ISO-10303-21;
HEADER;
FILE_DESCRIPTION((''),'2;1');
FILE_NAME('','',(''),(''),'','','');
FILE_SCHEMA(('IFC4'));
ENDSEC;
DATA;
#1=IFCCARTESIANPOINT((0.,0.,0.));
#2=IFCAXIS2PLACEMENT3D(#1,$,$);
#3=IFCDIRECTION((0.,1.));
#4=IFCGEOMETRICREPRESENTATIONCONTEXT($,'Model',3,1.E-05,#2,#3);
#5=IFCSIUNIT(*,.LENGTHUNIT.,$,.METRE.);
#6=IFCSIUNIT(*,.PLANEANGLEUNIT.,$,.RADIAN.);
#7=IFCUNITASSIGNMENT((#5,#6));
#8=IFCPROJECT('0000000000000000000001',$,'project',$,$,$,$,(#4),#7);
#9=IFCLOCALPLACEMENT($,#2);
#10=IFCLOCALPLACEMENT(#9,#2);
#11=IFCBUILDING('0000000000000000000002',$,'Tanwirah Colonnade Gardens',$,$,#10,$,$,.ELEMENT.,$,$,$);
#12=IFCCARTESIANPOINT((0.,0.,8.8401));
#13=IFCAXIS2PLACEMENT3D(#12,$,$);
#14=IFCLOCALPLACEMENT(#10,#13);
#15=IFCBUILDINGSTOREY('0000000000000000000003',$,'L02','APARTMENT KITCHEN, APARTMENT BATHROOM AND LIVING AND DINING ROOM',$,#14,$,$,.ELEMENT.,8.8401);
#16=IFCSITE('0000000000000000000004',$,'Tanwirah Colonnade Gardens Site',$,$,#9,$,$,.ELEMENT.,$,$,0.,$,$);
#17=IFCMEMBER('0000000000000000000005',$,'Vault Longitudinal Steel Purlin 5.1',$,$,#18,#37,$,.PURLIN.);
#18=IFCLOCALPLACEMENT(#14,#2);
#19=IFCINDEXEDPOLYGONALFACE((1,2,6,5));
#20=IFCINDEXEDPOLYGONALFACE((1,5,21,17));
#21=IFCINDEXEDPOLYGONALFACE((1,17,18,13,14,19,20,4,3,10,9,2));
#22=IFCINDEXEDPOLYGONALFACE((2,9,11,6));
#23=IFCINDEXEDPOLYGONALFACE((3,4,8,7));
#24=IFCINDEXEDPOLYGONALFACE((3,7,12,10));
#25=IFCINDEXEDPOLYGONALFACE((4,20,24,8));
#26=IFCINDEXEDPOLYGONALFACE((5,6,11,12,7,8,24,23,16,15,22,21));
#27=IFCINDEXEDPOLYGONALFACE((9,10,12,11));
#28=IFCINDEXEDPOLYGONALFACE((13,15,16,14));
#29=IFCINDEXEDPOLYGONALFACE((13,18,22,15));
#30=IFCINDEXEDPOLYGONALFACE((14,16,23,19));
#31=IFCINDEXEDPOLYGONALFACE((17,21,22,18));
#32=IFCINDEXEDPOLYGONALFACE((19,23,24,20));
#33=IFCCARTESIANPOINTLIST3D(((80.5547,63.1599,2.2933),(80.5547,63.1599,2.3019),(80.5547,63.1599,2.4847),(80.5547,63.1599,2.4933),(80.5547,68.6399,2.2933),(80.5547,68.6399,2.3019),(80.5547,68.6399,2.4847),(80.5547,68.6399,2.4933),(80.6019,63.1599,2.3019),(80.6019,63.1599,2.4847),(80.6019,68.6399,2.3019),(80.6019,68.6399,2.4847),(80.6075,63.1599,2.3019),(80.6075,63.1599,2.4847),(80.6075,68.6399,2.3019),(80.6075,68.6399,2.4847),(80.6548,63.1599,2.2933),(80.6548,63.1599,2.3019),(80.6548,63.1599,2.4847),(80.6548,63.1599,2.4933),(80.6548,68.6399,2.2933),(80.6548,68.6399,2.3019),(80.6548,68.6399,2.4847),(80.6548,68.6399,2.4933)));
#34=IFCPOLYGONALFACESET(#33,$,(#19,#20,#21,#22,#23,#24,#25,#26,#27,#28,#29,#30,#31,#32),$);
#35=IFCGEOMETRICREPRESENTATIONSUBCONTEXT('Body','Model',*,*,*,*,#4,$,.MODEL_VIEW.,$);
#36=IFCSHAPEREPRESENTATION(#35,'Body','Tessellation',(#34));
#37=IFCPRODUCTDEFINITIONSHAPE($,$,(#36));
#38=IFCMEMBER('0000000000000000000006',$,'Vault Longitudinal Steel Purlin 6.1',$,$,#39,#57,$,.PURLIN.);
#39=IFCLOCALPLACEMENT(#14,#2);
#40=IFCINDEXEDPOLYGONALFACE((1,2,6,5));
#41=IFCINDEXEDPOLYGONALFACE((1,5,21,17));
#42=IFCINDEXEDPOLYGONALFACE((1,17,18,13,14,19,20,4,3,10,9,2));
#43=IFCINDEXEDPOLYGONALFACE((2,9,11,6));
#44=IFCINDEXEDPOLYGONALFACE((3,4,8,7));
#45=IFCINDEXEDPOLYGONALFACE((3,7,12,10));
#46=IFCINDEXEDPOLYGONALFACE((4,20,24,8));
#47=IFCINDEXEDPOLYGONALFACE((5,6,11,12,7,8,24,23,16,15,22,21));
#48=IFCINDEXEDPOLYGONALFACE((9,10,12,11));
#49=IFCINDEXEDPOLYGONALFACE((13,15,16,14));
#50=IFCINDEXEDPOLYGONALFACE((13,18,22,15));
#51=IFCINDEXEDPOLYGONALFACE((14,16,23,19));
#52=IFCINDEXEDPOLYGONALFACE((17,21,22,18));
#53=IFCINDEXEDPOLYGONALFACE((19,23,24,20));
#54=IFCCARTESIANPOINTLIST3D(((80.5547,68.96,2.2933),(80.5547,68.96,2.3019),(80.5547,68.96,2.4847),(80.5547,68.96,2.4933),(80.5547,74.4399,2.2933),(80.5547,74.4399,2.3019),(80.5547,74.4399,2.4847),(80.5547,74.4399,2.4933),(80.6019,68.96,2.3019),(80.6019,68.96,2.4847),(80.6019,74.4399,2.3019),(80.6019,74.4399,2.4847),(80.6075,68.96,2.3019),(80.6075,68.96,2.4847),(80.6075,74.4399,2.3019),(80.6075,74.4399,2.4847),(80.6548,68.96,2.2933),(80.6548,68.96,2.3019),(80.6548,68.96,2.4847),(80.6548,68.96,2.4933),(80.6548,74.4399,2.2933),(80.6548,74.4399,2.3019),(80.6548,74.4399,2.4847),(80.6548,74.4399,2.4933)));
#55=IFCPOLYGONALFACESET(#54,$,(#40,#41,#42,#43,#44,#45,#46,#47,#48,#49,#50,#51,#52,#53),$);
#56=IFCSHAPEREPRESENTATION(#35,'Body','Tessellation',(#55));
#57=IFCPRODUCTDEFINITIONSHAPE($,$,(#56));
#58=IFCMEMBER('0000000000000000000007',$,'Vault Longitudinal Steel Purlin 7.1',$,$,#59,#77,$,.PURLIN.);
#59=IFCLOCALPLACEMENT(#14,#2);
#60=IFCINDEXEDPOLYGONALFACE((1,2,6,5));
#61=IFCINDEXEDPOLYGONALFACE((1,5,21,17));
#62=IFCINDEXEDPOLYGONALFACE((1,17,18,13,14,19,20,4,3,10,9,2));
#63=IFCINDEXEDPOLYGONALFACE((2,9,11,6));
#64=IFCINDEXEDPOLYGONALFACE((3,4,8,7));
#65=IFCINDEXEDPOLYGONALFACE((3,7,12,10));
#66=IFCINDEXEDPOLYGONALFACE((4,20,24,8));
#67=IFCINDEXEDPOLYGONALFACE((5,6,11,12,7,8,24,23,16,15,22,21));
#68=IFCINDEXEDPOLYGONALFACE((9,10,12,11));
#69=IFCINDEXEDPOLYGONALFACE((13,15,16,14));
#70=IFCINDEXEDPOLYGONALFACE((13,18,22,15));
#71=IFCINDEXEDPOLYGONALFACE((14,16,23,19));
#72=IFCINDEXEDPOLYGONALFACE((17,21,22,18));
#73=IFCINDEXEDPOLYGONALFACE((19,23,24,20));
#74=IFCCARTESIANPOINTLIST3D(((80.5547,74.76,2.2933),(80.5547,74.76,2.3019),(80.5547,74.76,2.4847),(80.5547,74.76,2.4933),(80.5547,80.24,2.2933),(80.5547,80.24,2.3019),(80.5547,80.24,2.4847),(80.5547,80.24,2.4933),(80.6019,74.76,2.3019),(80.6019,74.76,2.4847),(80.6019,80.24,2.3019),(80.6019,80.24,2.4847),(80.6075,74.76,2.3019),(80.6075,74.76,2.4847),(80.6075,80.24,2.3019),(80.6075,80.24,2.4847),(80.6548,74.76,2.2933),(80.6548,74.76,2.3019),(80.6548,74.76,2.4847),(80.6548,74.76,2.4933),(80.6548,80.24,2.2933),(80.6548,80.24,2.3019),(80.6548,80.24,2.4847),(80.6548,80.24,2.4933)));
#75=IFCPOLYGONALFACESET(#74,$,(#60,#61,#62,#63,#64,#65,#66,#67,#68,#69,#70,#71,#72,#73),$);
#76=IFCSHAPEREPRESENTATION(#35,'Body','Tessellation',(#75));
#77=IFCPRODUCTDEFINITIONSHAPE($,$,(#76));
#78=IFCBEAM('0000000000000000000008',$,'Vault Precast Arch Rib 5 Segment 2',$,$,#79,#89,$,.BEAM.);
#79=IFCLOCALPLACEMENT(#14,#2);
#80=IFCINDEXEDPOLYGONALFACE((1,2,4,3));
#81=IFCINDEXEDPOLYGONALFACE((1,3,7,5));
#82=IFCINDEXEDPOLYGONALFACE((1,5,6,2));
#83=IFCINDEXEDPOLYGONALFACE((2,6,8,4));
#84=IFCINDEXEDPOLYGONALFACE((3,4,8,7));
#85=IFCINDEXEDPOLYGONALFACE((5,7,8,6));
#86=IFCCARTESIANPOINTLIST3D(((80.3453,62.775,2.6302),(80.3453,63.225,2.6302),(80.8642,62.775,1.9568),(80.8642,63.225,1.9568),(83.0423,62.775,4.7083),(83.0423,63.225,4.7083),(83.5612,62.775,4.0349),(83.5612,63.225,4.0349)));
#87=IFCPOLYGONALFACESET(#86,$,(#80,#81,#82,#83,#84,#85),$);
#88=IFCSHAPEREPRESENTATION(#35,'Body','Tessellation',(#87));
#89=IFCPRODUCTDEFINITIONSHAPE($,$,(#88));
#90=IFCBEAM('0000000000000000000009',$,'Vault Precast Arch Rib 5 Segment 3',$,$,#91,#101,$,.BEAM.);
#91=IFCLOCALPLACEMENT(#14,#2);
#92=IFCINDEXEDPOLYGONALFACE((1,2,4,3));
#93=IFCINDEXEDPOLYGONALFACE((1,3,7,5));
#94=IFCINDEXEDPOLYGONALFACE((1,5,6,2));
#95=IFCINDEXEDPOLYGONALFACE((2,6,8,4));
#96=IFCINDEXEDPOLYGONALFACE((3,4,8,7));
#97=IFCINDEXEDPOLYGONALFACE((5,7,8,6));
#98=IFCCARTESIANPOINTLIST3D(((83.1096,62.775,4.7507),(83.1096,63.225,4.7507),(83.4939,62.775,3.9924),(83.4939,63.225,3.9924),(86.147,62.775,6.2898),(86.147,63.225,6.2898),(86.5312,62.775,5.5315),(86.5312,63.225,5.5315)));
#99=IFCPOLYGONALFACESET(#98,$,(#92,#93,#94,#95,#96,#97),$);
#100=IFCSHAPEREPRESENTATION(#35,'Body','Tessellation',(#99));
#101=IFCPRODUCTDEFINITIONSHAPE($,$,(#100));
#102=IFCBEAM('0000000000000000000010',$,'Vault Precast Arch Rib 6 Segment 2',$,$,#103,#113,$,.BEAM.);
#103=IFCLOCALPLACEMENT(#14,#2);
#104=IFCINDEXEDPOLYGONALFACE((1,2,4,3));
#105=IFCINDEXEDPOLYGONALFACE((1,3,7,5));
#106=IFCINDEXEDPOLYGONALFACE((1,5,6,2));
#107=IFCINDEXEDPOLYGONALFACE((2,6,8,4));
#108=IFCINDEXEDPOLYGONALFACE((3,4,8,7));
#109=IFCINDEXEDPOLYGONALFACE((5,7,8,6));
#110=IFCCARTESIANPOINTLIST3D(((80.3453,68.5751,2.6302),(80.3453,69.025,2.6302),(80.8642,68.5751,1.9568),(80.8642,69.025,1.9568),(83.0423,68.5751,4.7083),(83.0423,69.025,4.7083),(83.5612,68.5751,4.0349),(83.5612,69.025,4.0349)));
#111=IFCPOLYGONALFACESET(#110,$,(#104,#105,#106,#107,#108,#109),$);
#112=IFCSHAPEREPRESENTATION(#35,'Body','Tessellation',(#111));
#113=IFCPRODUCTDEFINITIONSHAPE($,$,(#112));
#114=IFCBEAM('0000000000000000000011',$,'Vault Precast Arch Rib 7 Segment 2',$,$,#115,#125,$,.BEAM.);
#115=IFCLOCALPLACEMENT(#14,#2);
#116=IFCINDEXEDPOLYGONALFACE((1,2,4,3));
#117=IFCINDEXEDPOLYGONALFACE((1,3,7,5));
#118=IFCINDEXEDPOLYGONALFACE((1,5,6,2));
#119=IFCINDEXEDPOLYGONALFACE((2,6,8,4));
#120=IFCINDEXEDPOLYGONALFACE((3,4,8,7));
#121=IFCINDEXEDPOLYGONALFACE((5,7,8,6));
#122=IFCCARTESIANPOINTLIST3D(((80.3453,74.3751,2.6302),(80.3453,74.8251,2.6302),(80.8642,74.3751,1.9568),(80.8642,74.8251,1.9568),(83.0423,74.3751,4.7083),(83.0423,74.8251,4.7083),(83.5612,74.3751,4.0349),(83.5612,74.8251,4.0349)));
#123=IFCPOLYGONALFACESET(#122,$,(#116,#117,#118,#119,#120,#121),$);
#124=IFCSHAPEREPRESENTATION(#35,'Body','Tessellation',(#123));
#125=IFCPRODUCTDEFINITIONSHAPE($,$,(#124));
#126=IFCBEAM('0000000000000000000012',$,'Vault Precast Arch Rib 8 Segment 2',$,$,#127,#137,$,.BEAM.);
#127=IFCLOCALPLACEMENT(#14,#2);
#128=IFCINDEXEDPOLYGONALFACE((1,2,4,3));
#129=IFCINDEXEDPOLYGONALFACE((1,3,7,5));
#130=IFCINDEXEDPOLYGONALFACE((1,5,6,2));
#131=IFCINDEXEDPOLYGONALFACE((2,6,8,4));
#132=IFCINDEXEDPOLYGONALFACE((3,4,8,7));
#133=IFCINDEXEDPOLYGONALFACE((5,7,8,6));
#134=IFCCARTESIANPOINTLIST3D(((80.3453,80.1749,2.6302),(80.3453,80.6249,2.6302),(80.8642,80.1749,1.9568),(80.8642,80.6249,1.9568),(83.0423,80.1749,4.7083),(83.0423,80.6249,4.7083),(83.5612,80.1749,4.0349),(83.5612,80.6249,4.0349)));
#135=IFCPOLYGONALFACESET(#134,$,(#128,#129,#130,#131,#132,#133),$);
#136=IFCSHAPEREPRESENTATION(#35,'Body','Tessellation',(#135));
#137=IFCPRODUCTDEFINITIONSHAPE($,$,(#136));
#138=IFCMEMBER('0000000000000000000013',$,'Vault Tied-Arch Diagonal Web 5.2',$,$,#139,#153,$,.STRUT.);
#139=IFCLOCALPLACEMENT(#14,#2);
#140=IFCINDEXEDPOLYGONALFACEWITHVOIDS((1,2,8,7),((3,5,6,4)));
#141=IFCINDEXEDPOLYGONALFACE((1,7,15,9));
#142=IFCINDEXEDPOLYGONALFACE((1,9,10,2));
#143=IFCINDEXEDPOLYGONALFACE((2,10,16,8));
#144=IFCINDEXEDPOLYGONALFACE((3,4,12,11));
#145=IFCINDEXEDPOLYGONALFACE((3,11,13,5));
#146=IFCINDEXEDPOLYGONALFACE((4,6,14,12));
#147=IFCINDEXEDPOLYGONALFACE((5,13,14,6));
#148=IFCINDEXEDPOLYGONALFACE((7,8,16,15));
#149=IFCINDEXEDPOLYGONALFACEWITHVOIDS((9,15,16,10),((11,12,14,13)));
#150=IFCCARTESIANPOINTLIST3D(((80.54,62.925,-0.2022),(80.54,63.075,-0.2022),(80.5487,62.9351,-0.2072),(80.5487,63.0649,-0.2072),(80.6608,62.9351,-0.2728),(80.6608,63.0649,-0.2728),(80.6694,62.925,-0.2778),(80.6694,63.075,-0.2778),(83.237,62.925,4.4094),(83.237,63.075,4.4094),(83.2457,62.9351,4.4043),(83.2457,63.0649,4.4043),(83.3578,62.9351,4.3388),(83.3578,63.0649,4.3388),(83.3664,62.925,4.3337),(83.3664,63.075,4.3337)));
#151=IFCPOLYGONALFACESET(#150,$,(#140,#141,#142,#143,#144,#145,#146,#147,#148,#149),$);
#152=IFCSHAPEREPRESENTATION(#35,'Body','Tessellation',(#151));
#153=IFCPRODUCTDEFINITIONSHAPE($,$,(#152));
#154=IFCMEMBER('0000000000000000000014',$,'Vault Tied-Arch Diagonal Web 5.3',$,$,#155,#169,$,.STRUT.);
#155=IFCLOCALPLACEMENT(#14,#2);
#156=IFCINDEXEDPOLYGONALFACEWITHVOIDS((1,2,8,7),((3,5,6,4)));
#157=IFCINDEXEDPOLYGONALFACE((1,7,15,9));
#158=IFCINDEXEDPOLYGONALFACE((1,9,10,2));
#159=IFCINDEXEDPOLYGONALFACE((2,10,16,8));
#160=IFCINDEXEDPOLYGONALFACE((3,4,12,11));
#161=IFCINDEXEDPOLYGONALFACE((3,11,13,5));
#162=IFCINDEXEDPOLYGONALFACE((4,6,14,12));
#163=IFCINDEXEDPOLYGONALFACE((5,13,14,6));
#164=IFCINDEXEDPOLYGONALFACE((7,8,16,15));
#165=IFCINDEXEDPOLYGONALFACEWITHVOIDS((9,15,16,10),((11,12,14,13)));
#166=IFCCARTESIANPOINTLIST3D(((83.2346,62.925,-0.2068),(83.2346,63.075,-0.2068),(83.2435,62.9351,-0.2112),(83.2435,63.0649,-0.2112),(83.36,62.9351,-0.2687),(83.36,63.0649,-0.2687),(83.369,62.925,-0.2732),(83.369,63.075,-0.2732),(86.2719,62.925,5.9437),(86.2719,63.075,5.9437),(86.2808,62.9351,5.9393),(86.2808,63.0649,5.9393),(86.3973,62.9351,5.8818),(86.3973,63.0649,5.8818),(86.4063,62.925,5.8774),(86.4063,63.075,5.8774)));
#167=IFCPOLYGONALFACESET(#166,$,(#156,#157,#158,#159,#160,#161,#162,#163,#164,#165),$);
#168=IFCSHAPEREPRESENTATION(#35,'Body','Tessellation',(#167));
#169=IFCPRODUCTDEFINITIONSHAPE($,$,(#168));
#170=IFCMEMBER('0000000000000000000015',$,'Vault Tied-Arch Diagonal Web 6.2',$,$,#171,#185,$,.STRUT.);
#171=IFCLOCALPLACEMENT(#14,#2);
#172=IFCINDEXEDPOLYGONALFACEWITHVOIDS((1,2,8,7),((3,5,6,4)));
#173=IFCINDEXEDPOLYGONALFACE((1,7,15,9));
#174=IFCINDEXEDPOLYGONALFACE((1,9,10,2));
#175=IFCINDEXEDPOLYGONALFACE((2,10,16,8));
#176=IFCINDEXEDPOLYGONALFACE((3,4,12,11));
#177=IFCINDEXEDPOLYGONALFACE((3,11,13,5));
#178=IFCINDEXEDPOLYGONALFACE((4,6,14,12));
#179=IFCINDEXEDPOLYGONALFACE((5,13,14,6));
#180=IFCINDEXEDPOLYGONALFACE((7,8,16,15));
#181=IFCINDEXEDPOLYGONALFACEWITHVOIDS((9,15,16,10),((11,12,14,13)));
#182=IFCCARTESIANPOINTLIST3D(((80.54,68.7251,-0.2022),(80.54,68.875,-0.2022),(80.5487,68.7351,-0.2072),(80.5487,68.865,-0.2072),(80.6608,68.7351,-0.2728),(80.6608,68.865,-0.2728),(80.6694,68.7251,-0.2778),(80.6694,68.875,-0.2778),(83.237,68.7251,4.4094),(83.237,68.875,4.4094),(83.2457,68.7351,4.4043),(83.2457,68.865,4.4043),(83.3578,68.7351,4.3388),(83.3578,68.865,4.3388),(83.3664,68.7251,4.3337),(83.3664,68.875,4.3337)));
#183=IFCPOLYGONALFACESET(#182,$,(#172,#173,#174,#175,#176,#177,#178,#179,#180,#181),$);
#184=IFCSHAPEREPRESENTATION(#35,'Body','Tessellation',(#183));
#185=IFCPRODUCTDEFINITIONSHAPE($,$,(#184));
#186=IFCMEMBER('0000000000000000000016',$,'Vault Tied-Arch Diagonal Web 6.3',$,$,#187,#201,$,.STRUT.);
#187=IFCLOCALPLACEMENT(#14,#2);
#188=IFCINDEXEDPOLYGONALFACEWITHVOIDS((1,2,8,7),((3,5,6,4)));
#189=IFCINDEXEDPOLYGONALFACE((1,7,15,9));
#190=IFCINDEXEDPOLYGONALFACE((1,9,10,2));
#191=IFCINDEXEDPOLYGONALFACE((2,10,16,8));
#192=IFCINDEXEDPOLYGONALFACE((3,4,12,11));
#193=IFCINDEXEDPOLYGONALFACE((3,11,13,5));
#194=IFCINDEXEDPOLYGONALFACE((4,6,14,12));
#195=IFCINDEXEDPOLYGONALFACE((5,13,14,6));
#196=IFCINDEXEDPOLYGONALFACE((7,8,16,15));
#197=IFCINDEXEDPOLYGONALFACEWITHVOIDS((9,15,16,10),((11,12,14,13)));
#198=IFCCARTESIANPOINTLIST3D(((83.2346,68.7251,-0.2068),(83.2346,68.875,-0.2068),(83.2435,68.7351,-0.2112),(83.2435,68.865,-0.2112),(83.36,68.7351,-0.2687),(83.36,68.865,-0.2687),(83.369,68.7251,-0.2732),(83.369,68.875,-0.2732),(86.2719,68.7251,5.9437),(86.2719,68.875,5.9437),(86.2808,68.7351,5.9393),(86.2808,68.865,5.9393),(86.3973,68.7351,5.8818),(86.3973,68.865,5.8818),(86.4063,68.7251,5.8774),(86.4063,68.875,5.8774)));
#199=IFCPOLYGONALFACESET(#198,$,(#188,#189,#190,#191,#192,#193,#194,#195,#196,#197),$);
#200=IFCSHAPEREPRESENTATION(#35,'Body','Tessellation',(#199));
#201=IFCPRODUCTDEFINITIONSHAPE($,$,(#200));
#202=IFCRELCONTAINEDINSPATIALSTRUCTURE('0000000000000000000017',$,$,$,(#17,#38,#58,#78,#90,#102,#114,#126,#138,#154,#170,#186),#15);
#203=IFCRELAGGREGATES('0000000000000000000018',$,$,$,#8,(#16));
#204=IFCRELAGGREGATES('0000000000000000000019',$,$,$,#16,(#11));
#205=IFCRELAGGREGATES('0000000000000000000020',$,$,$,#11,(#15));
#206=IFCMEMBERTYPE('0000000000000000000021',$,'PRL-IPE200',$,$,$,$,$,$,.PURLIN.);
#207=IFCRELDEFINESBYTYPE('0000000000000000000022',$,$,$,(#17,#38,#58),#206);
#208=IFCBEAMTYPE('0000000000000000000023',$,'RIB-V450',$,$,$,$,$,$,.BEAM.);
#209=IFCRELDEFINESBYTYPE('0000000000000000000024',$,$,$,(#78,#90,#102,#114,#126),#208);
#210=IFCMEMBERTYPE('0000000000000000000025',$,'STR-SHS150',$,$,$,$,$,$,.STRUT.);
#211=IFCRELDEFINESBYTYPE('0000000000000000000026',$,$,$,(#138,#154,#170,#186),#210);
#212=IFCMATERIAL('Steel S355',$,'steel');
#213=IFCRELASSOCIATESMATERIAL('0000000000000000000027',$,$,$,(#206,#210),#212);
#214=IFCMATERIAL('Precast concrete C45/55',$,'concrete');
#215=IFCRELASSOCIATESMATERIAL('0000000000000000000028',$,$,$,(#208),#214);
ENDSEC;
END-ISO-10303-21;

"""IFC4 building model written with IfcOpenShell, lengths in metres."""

from ifc_helpers import new_model, si_unit, direction, frame, origin, origin_2d, place, context, subcontext, project, spatial, rectangle, hollow_rectangle, i_section, extrude, material, material_profile, profile_set, type_object, element, save


model = new_model("IFC4")

# Units and contexts
model_context = context("Model", 3, precision=1e-05, world=origin(), true_north=direction((0.0, 1.0)))
body_context = subcontext(model_context, "Body", "Model", "MODEL_VIEW")
ifc_project = project(units=[si_unit("LENGTHUNIT", "METRE"), si_unit("PLANEANGLEUNIT", "RADIAN")], contexts=[model_context])

# Site, building, storey
site_placement = place(None, origin())
site = spatial("IfcSite", under=ifc_project, at=site_placement, Name="Tanwirah Colonnade Gardens Site", CompositionType="ELEMENT", RefElevation=0.0)
building_placement = place(site_placement, origin())
building = spatial("IfcBuilding", under=site, at=building_placement, Name="Tanwirah Colonnade Gardens", CompositionType="ELEMENT")
storey_placement = place(building_placement, frame((0.0, 0.0, 8.8401)))
storey = spatial("IfcBuildingStorey", under=building, at=storey_placement, Name="L02", Description="APARTMENT KITCHEN, APARTMENT BATHROOM AND LIVING AND DINING ROOM", CompositionType="ELEMENT", Elevation=8.8401)

# Members
ifc_material_1 = material(Name="Steel S355", Category="steel")
ifc_material_profile_1 = material_profile(ifc_material_1, i_section(OverallWidth=0.1001, OverallDepth=0.2, WebThickness=0.0056, FlangeThickness=0.0085, at=origin_2d()), Name="IPE 200")
ifc_profile_set_1 = profile_set([ifc_material_profile_1], Name="Steel S355")
member_type_1 = type_object("IfcMemberType", Name="PRL-IPE200", PredefinedType="PURLIN", material=ifc_profile_set_1)
for number, where, z_axis, x_axis, name in (
    (1, (80.6047, 63.1599, 2.3933), (0.0, 1.0, 0.0), (-1.0, 0.0, 0.0), "Vault Longitudinal Steel Purlin 5.1"),
    (2, (80.6047, 68.96, 2.3933), (0.0, 1.0, 0.0), (-1.0, 0.0, 0.0), "Vault Longitudinal Steel Purlin 6.1"),
    (3, (80.6047, 74.76, 2.3933), (0.0, 1.0, 0.0), (-1.0, 0.0, 0.0), "Vault Longitudinal Steel Purlin 7.1"),
):
    element("IfcMember", number, at=place(storey_placement, frame(where, z_axis=z_axis, x_axis=x_axis)), inside=storey, type_object=member_type_1, Name=name, PredefinedType="PURLIN", context=body_context, shape_type="SweptSolid", body=[
        extrude(i_section(OverallWidth=0.1001, OverallDepth=0.2, WebThickness=0.0056, FlangeThickness=0.0085, at=origin_2d()), origin(), (0.0, 0.0, 1.0), 5.48),
    ])

# Beams
ifc_material_2 = material(Name="Precast concrete C45/55", Category="concrete")
ifc_material_profile_2 = material_profile(ifc_material_2, rectangle(XDim=0.45, YDim=0.8501, at=origin_2d()), Name="PC-RIB 450x850")
ifc_profile_set_2 = profile_set([ifc_material_profile_2], Name="Precast concrete C45/55")
beam_type = type_object("IfcBeamType", Name="RIB-V450", PredefinedType="BEAM", material=ifc_profile_set_2)
beam_1_placement = place(storey_placement, frame((80.6047, 63.0, 2.2935), z_axis=(0.792128, 0.0, 0.610355), x_axis=(0.0, 1.0, 0.0)))
element("IfcBeam", 4, at=beam_1_placement, inside=storey, type_object=beam_type, Name="Vault Precast Arch Rib 5 Segment 2", PredefinedType="BEAM", context=body_context, shape_type="SweptSolid", body=[
    extrude(rectangle(XDim=0.45, YDim=0.8501, at=origin_2d()), origin(), (0.0, 0.0, 1.0), 3.4048),
])
beam_2_placement = place(storey_placement, frame((83.3018, 63.0, 4.3716), z_axis=(0.89202, 0.0, 0.451997), x_axis=(0.0, 1.0, 0.0)))
element("IfcBeam", 5, at=beam_2_placement, inside=storey, type_object=beam_type, Name="Vault Precast Arch Rib 5 Segment 3", PredefinedType="BEAM", context=body_context, shape_type="SweptSolid", body=[
    extrude(rectangle(XDim=0.45, YDim=0.8501, at=origin_2d()), origin(), (0.0, 0.0, 1.0), 3.405),
])
for number, where, z_axis, x_axis, name in (
    (6, (80.6047, 68.8, 2.2935), (0.792128, 0.0, 0.610355), (0.0, 1.0, 0.0), "Vault Precast Arch Rib 6 Segment 2"),
    (7, (80.6047, 74.6001, 2.2935), (0.792128, 0.0, 0.610355), (0.0, 1.0, 0.0), "Vault Precast Arch Rib 7 Segment 2"),
    (8, (80.6047, 80.3999, 2.2935), (0.792128, 0.0, 0.610355), (0.0, 1.0, 0.0), "Vault Precast Arch Rib 8 Segment 2"),
):
    element("IfcBeam", number, at=place(storey_placement, frame(where, z_axis=z_axis, x_axis=x_axis)), inside=storey, type_object=beam_type, Name=name, PredefinedType="BEAM", context=body_context, shape_type="SweptSolid", body=[
        extrude(rectangle(XDim=0.45, YDim=0.8501, at=origin_2d()), origin(), (0.0, 0.0, 1.0), 3.4048),
    ])

# Members
ifc_material_profile_3 = material_profile(ifc_material_1, hollow_rectangle(XDim=0.1499, YDim=0.1499, WallThickness=0.01, at=origin_2d()), Name="SHS 150x150x10")
ifc_profile_set_3 = profile_set([ifc_material_profile_3], Name="Steel S355")
member_type_2 = type_object("IfcMemberType", Name="STR-SHS150", PredefinedType="STRUT", material=ifc_profile_set_3)
member_1_placement = place(storey_placement, frame((80.6047, 63.0, -0.24), z_axis=(0.50484, 0.0, 0.863213), x_axis=(0.0, 1.0, 0.0)))
element("IfcMember", 9, at=member_1_placement, inside=storey, type_object=member_type_2, Name="Vault Tied-Arch Diagonal Web 5.2", PredefinedType="STRUT", context=body_context, shape_type="SweptSolid", body=[
    extrude(hollow_rectangle(XDim=0.1499, YDim=0.1499, WallThickness=0.01, at=origin_2d()), origin(), (0.0, 0.0, 1.0), 5.3423),
])
member_2_placement = place(storey_placement, frame((83.3018, 63.0, -0.24), z_axis=(0.442781, 0.0, 0.89663), x_axis=(0.0, 1.0, 0.0)))
element("IfcMember", 10, at=member_2_placement, inside=storey, type_object=member_type_2, Name="Vault Tied-Arch Diagonal Web 5.3", PredefinedType="STRUT", context=body_context, shape_type="SweptSolid", body=[
    extrude(hollow_rectangle(XDim=0.1499, YDim=0.1499, WallThickness=0.01, at=origin_2d()), origin(), (0.0, 0.0, 1.0), 6.8596),
])
member_3_placement = place(storey_placement, frame((80.6047, 68.8, -0.24), z_axis=(0.50484, 0.0, 0.863213), x_axis=(0.0, 1.0, 0.0)))
element("IfcMember", 11, at=member_3_placement, inside=storey, type_object=member_type_2, Name="Vault Tied-Arch Diagonal Web 6.2", PredefinedType="STRUT", context=body_context, shape_type="SweptSolid", body=[
    extrude(hollow_rectangle(XDim=0.1499, YDim=0.1499, WallThickness=0.01, at=origin_2d()), origin(), (0.0, 0.0, 1.0), 5.3423),
])
member_4_placement = place(storey_placement, frame((83.3018, 68.8, -0.24), z_axis=(0.442781, 0.0, 0.89663), x_axis=(0.0, 1.0, 0.0)))
element("IfcMember", 12, at=member_4_placement, inside=storey, type_object=member_type_2, Name="Vault Tied-Arch Diagonal Web 6.3", PredefinedType="STRUT", context=body_context, shape_type="SweptSolid", body=[
    extrude(hollow_rectangle(XDim=0.1499, YDim=0.1499, WallThickness=0.01, at=origin_2d()), origin(), (0.0, 0.0, 1.0), 6.8596),
])

save(model, "model.ifc")
